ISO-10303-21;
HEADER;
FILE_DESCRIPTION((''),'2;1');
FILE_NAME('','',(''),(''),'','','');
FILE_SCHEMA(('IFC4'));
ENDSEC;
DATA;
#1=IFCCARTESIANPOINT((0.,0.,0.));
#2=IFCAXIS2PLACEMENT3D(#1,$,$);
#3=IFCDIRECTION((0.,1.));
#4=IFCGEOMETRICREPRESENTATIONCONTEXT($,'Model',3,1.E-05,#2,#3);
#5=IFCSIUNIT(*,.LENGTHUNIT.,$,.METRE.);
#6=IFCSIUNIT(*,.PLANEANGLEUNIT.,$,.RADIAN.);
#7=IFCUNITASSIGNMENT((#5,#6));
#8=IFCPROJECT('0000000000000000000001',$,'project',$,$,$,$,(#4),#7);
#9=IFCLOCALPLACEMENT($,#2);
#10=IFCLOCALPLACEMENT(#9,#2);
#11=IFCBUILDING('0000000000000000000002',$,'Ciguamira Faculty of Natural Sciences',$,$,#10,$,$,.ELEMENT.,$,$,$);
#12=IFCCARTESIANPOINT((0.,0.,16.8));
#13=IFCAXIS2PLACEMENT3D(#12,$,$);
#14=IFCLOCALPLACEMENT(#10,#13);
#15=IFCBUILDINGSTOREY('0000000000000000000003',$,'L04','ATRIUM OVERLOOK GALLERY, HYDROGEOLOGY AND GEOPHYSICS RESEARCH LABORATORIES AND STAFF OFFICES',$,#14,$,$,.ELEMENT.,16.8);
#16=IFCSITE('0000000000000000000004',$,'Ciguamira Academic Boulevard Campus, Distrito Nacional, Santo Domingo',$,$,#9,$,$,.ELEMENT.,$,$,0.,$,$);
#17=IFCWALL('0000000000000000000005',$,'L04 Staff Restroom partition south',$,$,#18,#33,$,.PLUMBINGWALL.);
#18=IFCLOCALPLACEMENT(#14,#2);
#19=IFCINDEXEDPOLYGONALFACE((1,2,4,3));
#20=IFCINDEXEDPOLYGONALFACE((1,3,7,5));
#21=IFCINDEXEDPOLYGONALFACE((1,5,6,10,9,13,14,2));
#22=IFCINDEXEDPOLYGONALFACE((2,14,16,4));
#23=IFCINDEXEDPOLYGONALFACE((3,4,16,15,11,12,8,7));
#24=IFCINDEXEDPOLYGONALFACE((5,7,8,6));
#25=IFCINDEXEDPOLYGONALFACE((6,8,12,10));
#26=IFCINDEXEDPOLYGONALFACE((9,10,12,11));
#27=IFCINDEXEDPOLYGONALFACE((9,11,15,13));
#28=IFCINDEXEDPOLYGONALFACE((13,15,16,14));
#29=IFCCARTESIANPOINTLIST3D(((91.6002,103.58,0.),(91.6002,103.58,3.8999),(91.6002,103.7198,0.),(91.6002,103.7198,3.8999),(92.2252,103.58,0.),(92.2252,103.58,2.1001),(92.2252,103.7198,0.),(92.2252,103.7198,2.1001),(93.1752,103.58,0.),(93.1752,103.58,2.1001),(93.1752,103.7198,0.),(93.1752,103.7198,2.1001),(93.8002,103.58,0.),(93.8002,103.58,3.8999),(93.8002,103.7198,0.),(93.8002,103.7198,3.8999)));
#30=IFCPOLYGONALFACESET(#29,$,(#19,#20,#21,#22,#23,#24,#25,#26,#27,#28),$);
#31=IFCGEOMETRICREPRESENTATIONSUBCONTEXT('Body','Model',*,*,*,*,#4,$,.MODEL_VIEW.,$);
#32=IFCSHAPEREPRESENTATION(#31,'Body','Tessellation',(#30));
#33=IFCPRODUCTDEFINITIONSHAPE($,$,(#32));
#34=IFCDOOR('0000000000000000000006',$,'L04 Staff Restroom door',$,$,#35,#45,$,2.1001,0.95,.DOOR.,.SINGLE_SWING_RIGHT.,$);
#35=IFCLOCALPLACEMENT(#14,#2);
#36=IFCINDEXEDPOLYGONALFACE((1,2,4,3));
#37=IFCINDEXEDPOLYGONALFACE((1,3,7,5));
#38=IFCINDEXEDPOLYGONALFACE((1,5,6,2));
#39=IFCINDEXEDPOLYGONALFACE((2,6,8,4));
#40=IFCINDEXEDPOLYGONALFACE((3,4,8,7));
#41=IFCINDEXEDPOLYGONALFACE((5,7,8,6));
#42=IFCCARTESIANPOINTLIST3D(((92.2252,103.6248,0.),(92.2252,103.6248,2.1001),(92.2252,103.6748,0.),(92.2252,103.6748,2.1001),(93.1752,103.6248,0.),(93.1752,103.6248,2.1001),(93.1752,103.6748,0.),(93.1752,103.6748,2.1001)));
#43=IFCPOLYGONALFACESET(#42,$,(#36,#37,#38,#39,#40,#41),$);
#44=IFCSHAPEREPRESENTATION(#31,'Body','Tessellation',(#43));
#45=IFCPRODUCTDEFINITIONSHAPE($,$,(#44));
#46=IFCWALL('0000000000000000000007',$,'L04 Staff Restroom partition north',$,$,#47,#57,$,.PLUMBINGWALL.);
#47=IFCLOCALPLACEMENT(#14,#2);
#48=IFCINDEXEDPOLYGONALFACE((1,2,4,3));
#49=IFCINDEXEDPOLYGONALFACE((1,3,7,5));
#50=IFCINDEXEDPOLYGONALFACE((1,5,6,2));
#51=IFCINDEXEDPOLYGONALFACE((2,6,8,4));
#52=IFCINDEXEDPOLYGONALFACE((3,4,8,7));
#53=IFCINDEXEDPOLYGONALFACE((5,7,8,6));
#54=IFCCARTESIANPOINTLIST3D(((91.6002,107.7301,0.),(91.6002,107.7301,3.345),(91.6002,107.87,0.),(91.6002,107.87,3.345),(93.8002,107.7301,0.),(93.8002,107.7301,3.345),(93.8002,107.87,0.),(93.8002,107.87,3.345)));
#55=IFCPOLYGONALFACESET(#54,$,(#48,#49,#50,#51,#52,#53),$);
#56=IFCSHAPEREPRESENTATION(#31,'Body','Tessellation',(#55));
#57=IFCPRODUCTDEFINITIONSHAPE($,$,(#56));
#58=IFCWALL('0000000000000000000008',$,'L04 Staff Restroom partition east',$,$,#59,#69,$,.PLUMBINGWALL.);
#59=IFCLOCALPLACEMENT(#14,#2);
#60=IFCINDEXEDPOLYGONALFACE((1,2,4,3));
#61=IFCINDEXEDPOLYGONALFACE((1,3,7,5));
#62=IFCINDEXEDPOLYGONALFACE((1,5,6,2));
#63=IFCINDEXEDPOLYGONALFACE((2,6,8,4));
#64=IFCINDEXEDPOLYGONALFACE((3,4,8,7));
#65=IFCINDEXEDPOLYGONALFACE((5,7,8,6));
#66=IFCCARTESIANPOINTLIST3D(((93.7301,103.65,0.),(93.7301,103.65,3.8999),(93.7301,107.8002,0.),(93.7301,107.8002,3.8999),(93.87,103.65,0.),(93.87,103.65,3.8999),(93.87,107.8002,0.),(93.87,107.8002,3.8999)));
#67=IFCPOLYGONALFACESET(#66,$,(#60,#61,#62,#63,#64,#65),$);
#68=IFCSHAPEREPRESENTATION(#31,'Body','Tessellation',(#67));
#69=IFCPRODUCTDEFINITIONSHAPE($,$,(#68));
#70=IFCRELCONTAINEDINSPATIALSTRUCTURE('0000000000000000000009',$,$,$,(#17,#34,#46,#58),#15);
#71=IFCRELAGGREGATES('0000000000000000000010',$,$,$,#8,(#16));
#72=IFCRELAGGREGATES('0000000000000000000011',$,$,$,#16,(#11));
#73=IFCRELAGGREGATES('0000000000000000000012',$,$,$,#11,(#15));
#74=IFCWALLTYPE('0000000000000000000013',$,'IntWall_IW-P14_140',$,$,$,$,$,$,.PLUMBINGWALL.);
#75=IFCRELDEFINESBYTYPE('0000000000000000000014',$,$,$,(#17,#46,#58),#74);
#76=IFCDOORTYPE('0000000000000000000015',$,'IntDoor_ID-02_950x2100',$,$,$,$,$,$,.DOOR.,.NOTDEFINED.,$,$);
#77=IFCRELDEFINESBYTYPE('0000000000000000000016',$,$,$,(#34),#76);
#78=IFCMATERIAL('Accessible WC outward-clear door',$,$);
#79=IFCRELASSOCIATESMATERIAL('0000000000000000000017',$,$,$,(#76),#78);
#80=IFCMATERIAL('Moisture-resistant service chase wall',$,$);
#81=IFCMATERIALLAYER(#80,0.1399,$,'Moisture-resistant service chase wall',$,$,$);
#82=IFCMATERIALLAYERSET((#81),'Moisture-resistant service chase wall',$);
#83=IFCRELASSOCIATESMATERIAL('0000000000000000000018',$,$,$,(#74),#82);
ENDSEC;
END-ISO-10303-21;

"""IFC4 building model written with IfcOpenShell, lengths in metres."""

from ifc_helpers import new_model, si_unit, direction, frame, frame_2d, origin, place, context, subcontext, project, spatial, rectangle, extrude, material, layer, layer_set, type_object, element, fill, save


model = new_model("IFC4")

# Units and contexts
model_context = context("Model", 3, precision=1e-05, world=origin(), true_north=direction((0.0, 1.0)))
body_context = subcontext(model_context, "Body", "Model", "MODEL_VIEW")
ifc_project = project(units=[si_unit("LENGTHUNIT", "METRE"), si_unit("PLANEANGLEUNIT", "RADIAN")], contexts=[model_context])

# Site, building, storey
site_placement = place(None, origin())
site = spatial("IfcSite", under=ifc_project, at=site_placement, Name="Ciguamira Academic Boulevard Campus, Distrito Nacional, Santo Domingo", CompositionType="ELEMENT", RefElevation=0.0)
building_placement = place(site_placement, origin())
building = spatial("IfcBuilding", under=site, at=building_placement, Name="Ciguamira Faculty of Natural Sciences", CompositionType="ELEMENT")
storey_placement = place(building_placement, frame((0.0, 0.0, 16.8)))
storey = spatial("IfcBuildingStorey", under=building, at=storey_placement, Name="L04", Description="ATRIUM OVERLOOK GALLERY, HYDROGEOLOGY AND GEOPHYSICS RESEARCH LABORATORIES AND STAFF OFFICES", CompositionType="ELEMENT", Elevation=16.8)

# Shared definitions
ifc_material_1 = material(Name="Accessible WC outward-clear door")
door_type_1 = type_object("IfcDoorType", Name="IntDoor_ID-02_950x2100", OperationType="NOTDEFINED", PredefinedType="DOOR", material=ifc_material_1)

# Shared definitions
ifc_material_2 = material(Name="Moisture-resistant service chase wall")
ifc_layer_1 = layer(ifc_material_2, 0.1399, Name="Moisture-resistant service chase wall")
ifc_layer_set_1 = layer_set([ifc_layer_1], Name="Moisture-resistant service chase wall")
wall_type_1 = type_object("IfcWallType", Name="IntWall_IW-P14_140", PredefinedType="PLUMBINGWALL", material=ifc_layer_set_1)

# Wall, opening, door
wall_1_placement = place(storey_placement, frame((91.6001, 103.6499, 0.0), z_axis=(0.0, 0.0, 1.0), x_axis=(1.0, 0.0, 0.0)))
wall_1 = element("IfcWall", 1, at=wall_1_placement, inside=storey, type_object=wall_type_1, Name="L04 Staff Restroom partition south", PredefinedType="PLUMBINGWALL", context=body_context, shape_type="SweptSolid", body=[
    extrude(rectangle(XDim=2.2, YDim=0.1399, at=frame_2d((1.1001, 0.0))), origin(), (0.0, 0.0, 1.0), 3.8999),
])
opening_1_placement = place(wall_1_placement, frame((0.625, 0.0, 0.0)))
opening_1 = element("IfcOpeningElement", 2, at=opening_1_placement, cuts=wall_1, PredefinedType="OPENING", context=body_context, shape_type="SweptSolid", body=[
    extrude(rectangle(XDim=0.95, YDim=2.1001, at=frame_2d((0.4751, 1.05))), frame((0.0, 0.0798, 0.0), z_axis=(0.0, -1.0, 0.0), x_axis=(1.0, 0.0, 0.0)), (0.0, 0.0, 1.0), 0.1599),
])
door_1_placement = place(opening_1_placement, origin())
door_1 = element("IfcDoor", 3, at=door_1_placement, inside=storey, type_object=door_type_1, Name="L04 Staff Restroom door", OperationType="SINGLE_SWING_RIGHT", OverallHeight=2.1001, OverallWidth=0.95, PredefinedType="DOOR", context=body_context, shape_type="SweptSolid", body=[
    extrude(rectangle(XDim=0.95, YDim=2.1001, at=frame_2d((0.4751, 1.05))), frame((0.0, 0.0249, 0.0), z_axis=(0.0, -1.0, 0.0), x_axis=(1.0, 0.0, 0.0)), (0.0, 0.0, 1.0), 0.05),
])
fill(opening_1, door_1)

# Walls
wall_2_placement = place(storey_placement, frame((91.6001, 107.8, 0.0), z_axis=(0.0, 0.0, 1.0), x_axis=(1.0, 0.0, 0.0)))
element("IfcWall", 4, at=wall_2_placement, inside=storey, type_object=wall_type_1, Name="L04 Staff Restroom partition north", PredefinedType="PLUMBINGWALL", context=body_context, shape_type="SweptSolid", body=[
    extrude(rectangle(XDim=2.2, YDim=0.1399, at=frame_2d((1.1001, 0.0))), origin(), (0.0, 0.0, 1.0), 3.345),
])
wall_3_placement = place(storey_placement, frame((93.8, 103.6499, 0.0), z_axis=(0.0, 0.0, 1.0), x_axis=(0.0, 1.0, 0.0)))
element("IfcWall", 5, at=wall_3_placement, inside=storey, type_object=wall_type_1, Name="L04 Staff Restroom partition east", PredefinedType="PLUMBINGWALL", context=body_context, shape_type="SweptSolid", body=[
    extrude(rectangle(XDim=4.1501, YDim=0.1399, at=frame_2d((2.0752, 0.0))), origin(), (0.0, 0.0, 1.0), 3.8999),
])

save(model, "model.ifc")
